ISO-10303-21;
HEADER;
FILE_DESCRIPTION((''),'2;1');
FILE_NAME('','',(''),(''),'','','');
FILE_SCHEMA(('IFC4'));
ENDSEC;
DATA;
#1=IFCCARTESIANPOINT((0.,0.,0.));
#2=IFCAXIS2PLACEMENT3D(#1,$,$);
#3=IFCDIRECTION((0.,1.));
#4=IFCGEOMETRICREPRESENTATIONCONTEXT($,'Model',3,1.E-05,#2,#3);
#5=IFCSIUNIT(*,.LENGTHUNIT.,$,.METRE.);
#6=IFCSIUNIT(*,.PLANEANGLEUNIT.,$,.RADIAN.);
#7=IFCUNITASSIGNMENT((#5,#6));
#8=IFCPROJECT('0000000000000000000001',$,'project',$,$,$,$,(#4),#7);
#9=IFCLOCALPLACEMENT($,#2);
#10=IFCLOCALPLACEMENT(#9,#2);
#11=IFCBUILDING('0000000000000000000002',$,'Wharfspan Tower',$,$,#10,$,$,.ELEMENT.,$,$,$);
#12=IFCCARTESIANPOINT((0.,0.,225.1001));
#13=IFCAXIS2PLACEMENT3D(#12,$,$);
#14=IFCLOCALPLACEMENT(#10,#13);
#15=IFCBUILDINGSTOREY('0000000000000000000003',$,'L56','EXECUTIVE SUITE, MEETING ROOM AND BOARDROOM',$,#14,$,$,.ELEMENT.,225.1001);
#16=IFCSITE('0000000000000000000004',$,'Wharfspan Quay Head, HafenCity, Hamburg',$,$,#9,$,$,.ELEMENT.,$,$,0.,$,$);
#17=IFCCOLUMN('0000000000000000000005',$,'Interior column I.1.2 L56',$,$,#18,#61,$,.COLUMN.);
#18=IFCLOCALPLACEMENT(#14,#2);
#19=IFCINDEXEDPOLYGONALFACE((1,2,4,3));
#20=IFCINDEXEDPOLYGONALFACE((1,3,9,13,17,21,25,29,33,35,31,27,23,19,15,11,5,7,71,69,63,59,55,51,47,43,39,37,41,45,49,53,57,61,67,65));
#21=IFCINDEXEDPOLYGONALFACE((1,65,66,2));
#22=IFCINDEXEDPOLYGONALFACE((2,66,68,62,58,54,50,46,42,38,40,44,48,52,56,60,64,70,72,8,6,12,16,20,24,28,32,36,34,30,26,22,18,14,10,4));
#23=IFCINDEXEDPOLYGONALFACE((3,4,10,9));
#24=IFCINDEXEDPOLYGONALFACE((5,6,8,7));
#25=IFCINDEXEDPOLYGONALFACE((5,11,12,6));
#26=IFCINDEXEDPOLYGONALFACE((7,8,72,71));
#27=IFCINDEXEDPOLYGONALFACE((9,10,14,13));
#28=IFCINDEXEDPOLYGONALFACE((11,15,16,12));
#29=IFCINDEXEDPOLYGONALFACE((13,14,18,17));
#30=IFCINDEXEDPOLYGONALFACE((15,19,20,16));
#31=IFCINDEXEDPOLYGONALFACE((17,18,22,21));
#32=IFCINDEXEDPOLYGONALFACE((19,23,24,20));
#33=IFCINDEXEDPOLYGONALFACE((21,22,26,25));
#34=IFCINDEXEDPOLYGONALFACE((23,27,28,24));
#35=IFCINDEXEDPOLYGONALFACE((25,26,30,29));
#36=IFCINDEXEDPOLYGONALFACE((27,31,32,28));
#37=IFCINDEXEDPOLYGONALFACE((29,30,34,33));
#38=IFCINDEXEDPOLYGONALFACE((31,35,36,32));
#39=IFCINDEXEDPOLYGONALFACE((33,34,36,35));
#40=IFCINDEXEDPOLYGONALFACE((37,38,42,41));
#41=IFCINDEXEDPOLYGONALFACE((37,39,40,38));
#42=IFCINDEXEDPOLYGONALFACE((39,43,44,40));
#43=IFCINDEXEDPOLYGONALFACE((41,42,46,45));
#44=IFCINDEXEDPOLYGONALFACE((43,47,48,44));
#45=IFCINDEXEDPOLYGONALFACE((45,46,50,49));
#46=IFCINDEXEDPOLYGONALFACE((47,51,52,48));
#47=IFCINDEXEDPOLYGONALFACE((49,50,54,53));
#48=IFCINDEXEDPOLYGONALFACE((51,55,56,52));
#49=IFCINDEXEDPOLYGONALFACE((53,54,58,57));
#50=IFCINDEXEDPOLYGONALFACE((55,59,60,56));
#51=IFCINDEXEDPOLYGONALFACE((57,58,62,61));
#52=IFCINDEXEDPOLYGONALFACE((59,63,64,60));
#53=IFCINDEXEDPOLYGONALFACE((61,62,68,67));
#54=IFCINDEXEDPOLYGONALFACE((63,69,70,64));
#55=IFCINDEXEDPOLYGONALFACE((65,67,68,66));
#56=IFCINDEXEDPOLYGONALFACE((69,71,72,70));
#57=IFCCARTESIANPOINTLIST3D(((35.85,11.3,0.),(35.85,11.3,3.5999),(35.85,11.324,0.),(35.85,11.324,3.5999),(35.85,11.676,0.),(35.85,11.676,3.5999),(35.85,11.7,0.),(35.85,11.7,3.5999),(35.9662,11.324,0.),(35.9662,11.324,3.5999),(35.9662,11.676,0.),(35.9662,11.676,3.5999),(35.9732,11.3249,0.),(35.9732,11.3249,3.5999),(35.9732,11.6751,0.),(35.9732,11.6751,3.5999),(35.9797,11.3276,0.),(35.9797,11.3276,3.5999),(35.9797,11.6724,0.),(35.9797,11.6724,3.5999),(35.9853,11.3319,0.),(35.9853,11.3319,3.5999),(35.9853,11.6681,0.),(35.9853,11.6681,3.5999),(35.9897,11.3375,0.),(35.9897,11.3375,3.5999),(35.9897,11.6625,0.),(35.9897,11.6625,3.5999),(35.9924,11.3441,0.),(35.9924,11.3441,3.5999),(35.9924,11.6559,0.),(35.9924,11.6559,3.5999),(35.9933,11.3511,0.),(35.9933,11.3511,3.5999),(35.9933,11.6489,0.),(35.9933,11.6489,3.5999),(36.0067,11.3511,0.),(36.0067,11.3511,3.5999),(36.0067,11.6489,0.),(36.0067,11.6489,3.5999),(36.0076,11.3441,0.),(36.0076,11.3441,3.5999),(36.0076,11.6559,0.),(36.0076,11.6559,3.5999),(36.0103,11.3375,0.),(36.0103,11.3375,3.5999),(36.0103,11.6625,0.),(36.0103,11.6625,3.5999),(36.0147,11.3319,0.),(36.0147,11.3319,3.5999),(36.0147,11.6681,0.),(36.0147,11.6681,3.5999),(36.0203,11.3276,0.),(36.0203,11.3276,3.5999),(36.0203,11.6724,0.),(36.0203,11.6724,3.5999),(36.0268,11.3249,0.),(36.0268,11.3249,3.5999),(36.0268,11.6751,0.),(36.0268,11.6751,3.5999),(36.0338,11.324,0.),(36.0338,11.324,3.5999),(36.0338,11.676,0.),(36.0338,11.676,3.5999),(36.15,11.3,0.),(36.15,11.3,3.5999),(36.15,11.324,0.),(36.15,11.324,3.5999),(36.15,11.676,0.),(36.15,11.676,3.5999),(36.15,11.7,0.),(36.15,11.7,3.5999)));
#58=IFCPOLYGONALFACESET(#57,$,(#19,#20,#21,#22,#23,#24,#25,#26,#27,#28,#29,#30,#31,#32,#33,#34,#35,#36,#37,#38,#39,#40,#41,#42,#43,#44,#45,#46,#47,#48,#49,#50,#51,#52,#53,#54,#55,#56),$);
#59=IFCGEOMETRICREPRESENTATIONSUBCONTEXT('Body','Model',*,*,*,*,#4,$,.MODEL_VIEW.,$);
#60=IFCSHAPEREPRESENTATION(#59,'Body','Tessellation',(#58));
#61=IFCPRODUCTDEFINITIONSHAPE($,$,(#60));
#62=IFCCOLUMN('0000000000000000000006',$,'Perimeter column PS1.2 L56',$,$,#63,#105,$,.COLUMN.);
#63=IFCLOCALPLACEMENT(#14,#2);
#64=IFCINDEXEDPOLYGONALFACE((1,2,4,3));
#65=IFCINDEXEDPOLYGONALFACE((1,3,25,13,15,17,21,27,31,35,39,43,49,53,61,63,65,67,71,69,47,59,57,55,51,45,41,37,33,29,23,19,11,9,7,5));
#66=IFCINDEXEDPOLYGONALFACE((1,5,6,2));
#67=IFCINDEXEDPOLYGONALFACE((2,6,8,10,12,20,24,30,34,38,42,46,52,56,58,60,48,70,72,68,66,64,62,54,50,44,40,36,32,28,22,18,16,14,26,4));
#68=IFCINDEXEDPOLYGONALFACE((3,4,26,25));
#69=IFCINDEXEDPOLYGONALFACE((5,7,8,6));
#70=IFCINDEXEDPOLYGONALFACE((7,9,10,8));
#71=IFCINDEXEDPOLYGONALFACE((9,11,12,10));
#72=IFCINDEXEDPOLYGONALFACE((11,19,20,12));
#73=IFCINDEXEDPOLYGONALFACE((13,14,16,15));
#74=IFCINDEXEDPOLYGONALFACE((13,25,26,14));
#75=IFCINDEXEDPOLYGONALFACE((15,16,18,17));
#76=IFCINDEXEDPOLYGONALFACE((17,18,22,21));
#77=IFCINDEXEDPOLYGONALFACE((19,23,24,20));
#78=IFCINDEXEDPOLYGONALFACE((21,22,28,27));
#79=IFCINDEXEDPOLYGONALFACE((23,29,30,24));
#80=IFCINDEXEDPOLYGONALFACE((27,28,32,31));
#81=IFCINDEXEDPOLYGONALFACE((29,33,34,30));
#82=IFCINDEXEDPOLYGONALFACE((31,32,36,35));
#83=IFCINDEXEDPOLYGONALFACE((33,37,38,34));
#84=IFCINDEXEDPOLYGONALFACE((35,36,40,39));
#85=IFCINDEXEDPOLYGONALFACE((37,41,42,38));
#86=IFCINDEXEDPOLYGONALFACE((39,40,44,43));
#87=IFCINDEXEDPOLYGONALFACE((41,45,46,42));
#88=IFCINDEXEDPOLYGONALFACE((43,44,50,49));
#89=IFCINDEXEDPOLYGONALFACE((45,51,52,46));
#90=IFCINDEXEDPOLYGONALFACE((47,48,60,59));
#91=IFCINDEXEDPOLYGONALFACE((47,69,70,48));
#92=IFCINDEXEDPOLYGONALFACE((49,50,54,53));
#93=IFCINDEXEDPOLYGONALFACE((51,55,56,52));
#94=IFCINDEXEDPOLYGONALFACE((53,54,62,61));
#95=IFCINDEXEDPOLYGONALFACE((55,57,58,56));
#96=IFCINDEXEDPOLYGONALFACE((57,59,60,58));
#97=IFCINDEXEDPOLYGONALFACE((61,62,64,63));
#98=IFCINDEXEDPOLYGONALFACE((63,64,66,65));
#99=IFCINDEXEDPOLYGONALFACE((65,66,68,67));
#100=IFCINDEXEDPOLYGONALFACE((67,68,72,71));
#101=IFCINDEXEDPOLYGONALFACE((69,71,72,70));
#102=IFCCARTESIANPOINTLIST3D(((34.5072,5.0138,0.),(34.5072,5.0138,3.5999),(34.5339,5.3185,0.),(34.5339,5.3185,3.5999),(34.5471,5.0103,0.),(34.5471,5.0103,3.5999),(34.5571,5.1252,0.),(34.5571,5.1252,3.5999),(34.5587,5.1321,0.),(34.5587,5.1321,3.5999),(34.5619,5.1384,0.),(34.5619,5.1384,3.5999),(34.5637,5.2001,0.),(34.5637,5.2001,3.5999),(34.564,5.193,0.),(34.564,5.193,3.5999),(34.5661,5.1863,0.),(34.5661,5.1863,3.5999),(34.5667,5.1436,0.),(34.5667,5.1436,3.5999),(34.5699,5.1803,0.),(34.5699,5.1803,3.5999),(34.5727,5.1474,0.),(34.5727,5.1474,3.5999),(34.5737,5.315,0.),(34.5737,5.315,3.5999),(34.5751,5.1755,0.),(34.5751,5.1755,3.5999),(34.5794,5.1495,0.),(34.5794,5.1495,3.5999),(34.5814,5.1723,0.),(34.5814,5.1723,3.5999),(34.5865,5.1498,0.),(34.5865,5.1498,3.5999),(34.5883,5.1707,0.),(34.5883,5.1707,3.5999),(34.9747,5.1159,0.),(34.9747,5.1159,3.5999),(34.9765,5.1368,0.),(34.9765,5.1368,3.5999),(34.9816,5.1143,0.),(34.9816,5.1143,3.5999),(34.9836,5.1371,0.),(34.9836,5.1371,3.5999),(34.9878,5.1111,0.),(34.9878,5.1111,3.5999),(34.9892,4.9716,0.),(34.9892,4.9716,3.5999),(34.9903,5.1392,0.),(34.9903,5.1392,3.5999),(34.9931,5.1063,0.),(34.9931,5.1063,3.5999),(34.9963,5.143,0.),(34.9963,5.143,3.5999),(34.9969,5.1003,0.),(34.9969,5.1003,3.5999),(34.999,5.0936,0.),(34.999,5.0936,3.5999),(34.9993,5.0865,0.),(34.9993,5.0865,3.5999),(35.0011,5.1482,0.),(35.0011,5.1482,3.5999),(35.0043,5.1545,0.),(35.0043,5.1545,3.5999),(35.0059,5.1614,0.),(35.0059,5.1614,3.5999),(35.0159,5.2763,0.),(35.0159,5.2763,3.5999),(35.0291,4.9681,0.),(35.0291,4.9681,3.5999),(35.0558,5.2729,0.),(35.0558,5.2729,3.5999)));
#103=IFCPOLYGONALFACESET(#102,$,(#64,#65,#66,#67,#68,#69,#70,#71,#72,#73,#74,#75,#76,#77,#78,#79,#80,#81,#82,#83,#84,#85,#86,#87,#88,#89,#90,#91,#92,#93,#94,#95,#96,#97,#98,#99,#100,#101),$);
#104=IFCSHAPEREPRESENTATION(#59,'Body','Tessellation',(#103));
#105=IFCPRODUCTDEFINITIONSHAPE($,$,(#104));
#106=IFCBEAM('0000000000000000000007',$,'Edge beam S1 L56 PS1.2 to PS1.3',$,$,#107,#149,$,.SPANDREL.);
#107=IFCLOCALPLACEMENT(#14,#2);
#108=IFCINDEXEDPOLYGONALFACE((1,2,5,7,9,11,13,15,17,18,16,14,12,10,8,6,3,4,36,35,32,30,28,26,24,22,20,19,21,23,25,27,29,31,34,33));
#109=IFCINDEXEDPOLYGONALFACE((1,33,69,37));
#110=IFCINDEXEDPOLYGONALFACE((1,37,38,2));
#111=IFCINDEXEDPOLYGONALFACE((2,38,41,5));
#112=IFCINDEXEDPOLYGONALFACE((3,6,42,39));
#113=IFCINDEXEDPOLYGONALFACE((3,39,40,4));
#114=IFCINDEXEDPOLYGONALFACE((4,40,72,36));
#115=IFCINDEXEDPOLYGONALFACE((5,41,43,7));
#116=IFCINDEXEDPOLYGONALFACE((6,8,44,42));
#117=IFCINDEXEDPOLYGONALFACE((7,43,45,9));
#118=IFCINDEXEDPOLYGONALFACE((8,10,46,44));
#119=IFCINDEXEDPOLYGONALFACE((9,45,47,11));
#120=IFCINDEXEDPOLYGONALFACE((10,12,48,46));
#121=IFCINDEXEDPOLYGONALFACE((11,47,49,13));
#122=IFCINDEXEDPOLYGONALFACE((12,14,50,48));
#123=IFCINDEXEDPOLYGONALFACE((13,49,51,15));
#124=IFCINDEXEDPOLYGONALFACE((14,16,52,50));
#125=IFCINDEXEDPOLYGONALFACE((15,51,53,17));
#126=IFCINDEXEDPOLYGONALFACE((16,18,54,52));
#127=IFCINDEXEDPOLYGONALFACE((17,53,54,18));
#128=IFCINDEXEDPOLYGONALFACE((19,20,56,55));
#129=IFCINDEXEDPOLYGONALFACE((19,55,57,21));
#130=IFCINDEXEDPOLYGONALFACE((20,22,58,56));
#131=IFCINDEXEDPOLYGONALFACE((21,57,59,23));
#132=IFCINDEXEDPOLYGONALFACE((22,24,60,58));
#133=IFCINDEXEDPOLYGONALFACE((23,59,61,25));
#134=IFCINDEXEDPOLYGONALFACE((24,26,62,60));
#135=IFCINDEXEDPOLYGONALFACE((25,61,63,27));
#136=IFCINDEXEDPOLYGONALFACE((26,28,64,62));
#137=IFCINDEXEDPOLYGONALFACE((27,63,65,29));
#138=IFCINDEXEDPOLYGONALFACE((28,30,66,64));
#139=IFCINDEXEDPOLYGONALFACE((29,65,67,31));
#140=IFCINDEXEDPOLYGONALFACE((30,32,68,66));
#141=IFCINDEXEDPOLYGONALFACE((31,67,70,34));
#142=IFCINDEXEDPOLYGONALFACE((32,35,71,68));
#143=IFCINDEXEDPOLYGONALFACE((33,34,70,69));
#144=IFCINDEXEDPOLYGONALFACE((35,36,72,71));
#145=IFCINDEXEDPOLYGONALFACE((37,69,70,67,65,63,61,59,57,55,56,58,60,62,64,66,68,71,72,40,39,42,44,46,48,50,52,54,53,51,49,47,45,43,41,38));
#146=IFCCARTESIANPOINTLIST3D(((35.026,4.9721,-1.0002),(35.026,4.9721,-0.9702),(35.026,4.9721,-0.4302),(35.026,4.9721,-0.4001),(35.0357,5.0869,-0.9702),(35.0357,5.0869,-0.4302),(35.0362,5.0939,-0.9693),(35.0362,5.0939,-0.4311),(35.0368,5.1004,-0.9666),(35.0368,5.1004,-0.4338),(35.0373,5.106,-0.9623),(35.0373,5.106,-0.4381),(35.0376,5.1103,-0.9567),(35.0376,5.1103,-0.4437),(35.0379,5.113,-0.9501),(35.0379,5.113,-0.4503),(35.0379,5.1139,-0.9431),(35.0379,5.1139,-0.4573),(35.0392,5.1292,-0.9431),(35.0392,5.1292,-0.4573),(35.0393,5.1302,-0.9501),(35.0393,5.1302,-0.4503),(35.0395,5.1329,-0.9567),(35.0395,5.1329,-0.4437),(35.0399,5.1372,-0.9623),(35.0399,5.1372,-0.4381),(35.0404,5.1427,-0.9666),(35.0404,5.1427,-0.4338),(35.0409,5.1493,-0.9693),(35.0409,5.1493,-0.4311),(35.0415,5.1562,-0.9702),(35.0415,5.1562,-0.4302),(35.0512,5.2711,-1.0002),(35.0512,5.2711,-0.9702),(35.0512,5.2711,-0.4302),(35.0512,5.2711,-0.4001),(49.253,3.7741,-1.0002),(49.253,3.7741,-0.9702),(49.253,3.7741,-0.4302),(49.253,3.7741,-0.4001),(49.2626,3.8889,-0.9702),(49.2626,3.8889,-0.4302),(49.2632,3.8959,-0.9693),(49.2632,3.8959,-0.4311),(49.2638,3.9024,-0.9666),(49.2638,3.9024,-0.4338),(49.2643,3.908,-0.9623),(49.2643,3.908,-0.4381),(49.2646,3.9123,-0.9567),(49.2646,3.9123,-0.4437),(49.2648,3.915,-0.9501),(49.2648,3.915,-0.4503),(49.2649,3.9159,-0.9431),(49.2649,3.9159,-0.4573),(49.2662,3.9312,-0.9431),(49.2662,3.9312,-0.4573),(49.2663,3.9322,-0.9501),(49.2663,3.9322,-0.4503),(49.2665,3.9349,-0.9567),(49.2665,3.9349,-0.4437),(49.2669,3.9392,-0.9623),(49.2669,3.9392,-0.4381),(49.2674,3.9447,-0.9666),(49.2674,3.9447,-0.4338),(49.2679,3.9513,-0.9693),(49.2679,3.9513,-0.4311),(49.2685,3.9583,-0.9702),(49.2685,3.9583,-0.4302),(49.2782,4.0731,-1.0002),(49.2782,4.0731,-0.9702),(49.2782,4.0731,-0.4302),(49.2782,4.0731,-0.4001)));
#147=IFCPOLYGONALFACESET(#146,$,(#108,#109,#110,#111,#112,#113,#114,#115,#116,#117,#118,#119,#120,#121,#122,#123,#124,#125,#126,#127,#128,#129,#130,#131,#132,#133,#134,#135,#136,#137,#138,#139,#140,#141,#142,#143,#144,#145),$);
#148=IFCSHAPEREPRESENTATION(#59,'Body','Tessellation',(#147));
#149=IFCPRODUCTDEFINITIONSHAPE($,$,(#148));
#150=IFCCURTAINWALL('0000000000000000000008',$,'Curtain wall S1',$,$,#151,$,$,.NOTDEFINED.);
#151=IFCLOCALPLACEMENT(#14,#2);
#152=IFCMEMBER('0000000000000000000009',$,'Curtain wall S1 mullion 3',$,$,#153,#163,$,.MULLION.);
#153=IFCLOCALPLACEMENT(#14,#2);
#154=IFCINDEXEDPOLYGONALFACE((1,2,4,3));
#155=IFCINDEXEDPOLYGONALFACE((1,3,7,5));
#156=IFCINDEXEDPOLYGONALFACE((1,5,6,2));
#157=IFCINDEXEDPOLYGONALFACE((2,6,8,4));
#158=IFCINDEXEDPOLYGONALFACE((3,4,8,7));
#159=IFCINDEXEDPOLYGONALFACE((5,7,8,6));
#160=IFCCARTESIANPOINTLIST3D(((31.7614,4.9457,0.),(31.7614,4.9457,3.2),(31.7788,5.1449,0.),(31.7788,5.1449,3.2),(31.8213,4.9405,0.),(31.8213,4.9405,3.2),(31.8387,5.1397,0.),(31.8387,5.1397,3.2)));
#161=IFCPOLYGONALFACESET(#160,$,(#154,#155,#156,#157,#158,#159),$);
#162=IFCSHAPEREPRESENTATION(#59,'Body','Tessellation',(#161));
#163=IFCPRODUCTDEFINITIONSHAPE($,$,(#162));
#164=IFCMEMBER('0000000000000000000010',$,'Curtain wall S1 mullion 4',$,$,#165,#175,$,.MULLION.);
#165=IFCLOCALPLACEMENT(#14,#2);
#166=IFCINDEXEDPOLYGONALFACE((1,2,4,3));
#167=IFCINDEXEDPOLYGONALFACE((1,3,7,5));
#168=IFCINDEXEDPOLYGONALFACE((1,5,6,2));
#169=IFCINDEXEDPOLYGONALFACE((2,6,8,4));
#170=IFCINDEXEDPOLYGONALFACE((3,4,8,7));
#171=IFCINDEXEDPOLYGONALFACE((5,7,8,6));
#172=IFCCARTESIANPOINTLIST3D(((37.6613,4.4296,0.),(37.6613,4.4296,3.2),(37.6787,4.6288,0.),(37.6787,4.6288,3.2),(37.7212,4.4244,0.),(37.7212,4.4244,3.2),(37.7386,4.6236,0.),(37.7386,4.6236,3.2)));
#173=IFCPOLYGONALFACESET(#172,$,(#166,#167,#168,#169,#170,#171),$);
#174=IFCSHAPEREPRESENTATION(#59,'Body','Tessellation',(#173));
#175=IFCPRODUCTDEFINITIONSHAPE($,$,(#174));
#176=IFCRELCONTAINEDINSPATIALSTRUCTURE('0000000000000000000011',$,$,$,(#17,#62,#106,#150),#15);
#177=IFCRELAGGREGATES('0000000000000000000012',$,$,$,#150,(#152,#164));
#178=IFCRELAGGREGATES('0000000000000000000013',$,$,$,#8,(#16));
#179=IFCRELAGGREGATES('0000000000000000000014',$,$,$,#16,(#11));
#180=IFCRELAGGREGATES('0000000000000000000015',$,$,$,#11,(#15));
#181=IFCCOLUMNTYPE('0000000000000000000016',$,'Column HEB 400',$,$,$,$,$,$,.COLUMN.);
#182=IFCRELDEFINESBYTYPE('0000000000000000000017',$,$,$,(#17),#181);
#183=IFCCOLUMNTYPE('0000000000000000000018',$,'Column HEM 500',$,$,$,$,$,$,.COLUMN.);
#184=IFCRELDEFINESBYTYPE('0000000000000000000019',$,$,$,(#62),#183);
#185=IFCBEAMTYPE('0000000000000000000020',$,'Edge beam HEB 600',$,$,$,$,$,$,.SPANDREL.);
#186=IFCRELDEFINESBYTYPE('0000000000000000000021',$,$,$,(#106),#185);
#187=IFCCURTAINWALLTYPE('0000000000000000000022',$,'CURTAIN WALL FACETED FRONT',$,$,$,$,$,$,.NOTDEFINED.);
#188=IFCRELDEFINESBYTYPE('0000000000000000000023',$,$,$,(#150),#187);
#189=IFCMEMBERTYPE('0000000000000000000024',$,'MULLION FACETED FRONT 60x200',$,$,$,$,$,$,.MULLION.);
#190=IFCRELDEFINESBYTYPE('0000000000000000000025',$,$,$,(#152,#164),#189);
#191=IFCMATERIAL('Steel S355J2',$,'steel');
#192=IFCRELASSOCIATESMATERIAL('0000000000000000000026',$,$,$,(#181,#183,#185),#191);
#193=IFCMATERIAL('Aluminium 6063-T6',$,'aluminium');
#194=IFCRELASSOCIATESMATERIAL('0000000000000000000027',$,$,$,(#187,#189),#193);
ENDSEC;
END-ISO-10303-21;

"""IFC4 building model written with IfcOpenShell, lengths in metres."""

from ifc_helpers import new_model, si_unit, direction, frame, origin, origin_2d, place, context, subcontext, project, spatial, rectangle, i_section, extrude, material, material_profile, profile_set, type_object, element, aggregate, save


model = new_model("IFC4")

# Units and contexts
model_context = context("Model", 3, precision=1e-05, world=origin(), true_north=direction((0.0, 1.0)))
body_context = subcontext(model_context, "Body", "Model", "MODEL_VIEW")
ifc_project = project(units=[si_unit("LENGTHUNIT", "METRE"), si_unit("PLANEANGLEUNIT", "RADIAN")], contexts=[model_context])

# Site, building, storey
site_placement = place(None, origin())
site = spatial("IfcSite", under=ifc_project, at=site_placement, Name="Wharfspan Quay Head, HafenCity, Hamburg", CompositionType="ELEMENT", RefElevation=0.0)
building_placement = place(site_placement, origin())
building = spatial("IfcBuilding", under=site, at=building_placement, Name="Wharfspan Tower", CompositionType="ELEMENT")
storey_placement = place(building_placement, frame((0.0, 0.0, 225.1001)))
storey = spatial("IfcBuildingStorey", under=building, at=storey_placement, Name="L56", Description="EXECUTIVE SUITE, MEETING ROOM AND BOARDROOM", CompositionType="ELEMENT", Elevation=225.1001)

# Columns
ifc_material_1 = material(Name="Steel S355J2", Category="steel")
ifc_material_profile_1 = material_profile(ifc_material_1, i_section(OverallWidth=0.3, OverallDepth=0.3999, WebThickness=0.0134, FlangeThickness=0.0239, FilletRadius=0.0271, at=origin_2d()))
ifc_profile_set_1 = profile_set([ifc_material_profile_1], Name="Steel S355J2")
column_type_1 = type_object("IfcColumnType", Name="Column HEB 400", PredefinedType="COLUMN", material=ifc_profile_set_1)
column_1_placement = place(storey_placement, frame((36.0, 11.5, 0.0), z_axis=(0.0, 0.0, 1.0), x_axis=(1.0, 0.0, 0.0)))
element("IfcColumn", 1, at=column_1_placement, inside=storey, type_object=column_type_1, Name="Interior column I.1.2 L56", PredefinedType="COLUMN", context=body_context, shape_type="SweptSolid", body=[
    extrude(i_section(OverallWidth=0.3, OverallDepth=0.3999, WebThickness=0.0134, FlangeThickness=0.0239, FilletRadius=0.0271, at=origin_2d()), origin(), (0.0, 0.0, 1.0), 3.5999),
])
ifc_material_profile_2 = material_profile(ifc_material_1, i_section(OverallWidth=0.3059, OverallDepth=0.5239, WebThickness=0.021, FlangeThickness=0.04, FilletRadius=0.0271, at=origin_2d()))
ifc_profile_set_2 = profile_set([ifc_material_profile_2], Name="Steel S355J2")
column_type_2 = type_object("IfcColumnType", Name="Column HEM 500", PredefinedType="COLUMN", material=ifc_profile_set_2)
column_2_placement = place(storey_placement, frame((34.7815, 5.1433, 0.0), z_axis=(0.0, 0.0, 1.0), x_axis=(-0.087156, -0.996197, 0.0)))
element("IfcColumn", 2, at=column_2_placement, inside=storey, type_object=column_type_2, Name="Perimeter column PS1.2 L56", PredefinedType="COLUMN", context=body_context, shape_type="SweptSolid", body=[
    extrude(i_section(OverallWidth=0.3059, OverallDepth=0.5239, WebThickness=0.021, FlangeThickness=0.04, FilletRadius=0.0271, at=origin_2d()), origin(), (0.0, 0.0, 1.0), 3.5999),
])

# Beam
ifc_material_profile_3 = material_profile(ifc_material_1, i_section(OverallWidth=0.3, OverallDepth=0.6001, WebThickness=0.0154, FlangeThickness=0.03, FilletRadius=0.0271, at=origin_2d()))
ifc_profile_set_3 = profile_set([ifc_material_profile_3], Name="Steel S355J2")
beam_type = type_object("IfcBeamType", Name="Edge beam HEB 600", PredefinedType="SPANDREL", material=ifc_profile_set_3)
beam_placement = place(storey_placement, frame((35.0386, 5.1216, -0.7002), z_axis=(0.996473, -0.083909, 0.0), x_axis=(0.083909, 0.996473, 0.0)))
element("IfcBeam", 3, at=beam_placement, inside=storey, type_object=beam_type, Name="Edge beam S1 L56 PS1.2 to PS1.3", PredefinedType="SPANDREL", context=body_context, shape_type="SweptSolid", body=[
    extrude(i_section(OverallWidth=0.3, OverallDepth=0.6001, WebThickness=0.0154, FlangeThickness=0.03, FilletRadius=0.0271, at=origin_2d()), origin(), (0.0, 0.0, 1.0), 14.2773),
])

# Curtain wall, members
ifc_material_2 = material(Name="Aluminium 6063-T6", Category="aluminium")
curtain_wall_type = type_object("IfcCurtainWallType", Name="CURTAIN WALL FACETED FRONT", PredefinedType="NOTDEFINED", material=ifc_material_2)
curtain_wall_placement = place(storey_placement, origin())
curtain_wall = element("IfcCurtainWall", 4, at=curtain_wall_placement, inside=storey, type_object=curtain_wall_type, Name="Curtain wall S1", PredefinedType="NOTDEFINED")
ifc_material_profile_4 = material_profile(ifc_material_2, rectangle(XDim=0.2, YDim=0.0601, at=origin_2d()))
ifc_profile_set_4 = profile_set([ifc_material_profile_4], Name="Aluminium 6063-T6")
member_type_1 = type_object("IfcMemberType", Name="MULLION FACETED FRONT 60x200", PredefinedType="MULLION", material=ifc_profile_set_4)
member_1_placement = place(storey_placement, frame((31.8, 5.0427, 0.0), z_axis=(0.0, 0.0, 1.0), x_axis=(0.087156, 0.996197, 0.0)))
member_1 = element("IfcMember", 5, at=member_1_placement, type_object=member_type_1, Name="Curtain wall S1 mullion 3", PredefinedType="MULLION", context=body_context, shape_type="SweptSolid", body=[
    extrude(rectangle(XDim=0.2, YDim=0.0601, at=origin_2d()), origin(), (0.0, 0.0, 1.0), 3.2),
])
member_2_placement = place(storey_placement, frame((37.7, 4.5266, 0.0), z_axis=(0.0, 0.0, 1.0), x_axis=(0.087156, 0.996197, 0.0)))
member_2 = element("IfcMember", 6, at=member_2_placement, type_object=member_type_1, Name="Curtain wall S1 mullion 4", PredefinedType="MULLION", context=body_context, shape_type="SweptSolid", body=[
    extrude(rectangle(XDim=0.2, YDim=0.0601, at=origin_2d()), origin(), (0.0, 0.0, 1.0), 3.2),
])

aggregate(curtain_wall, [member_1, member_2])

save(model, "model.ifc")
